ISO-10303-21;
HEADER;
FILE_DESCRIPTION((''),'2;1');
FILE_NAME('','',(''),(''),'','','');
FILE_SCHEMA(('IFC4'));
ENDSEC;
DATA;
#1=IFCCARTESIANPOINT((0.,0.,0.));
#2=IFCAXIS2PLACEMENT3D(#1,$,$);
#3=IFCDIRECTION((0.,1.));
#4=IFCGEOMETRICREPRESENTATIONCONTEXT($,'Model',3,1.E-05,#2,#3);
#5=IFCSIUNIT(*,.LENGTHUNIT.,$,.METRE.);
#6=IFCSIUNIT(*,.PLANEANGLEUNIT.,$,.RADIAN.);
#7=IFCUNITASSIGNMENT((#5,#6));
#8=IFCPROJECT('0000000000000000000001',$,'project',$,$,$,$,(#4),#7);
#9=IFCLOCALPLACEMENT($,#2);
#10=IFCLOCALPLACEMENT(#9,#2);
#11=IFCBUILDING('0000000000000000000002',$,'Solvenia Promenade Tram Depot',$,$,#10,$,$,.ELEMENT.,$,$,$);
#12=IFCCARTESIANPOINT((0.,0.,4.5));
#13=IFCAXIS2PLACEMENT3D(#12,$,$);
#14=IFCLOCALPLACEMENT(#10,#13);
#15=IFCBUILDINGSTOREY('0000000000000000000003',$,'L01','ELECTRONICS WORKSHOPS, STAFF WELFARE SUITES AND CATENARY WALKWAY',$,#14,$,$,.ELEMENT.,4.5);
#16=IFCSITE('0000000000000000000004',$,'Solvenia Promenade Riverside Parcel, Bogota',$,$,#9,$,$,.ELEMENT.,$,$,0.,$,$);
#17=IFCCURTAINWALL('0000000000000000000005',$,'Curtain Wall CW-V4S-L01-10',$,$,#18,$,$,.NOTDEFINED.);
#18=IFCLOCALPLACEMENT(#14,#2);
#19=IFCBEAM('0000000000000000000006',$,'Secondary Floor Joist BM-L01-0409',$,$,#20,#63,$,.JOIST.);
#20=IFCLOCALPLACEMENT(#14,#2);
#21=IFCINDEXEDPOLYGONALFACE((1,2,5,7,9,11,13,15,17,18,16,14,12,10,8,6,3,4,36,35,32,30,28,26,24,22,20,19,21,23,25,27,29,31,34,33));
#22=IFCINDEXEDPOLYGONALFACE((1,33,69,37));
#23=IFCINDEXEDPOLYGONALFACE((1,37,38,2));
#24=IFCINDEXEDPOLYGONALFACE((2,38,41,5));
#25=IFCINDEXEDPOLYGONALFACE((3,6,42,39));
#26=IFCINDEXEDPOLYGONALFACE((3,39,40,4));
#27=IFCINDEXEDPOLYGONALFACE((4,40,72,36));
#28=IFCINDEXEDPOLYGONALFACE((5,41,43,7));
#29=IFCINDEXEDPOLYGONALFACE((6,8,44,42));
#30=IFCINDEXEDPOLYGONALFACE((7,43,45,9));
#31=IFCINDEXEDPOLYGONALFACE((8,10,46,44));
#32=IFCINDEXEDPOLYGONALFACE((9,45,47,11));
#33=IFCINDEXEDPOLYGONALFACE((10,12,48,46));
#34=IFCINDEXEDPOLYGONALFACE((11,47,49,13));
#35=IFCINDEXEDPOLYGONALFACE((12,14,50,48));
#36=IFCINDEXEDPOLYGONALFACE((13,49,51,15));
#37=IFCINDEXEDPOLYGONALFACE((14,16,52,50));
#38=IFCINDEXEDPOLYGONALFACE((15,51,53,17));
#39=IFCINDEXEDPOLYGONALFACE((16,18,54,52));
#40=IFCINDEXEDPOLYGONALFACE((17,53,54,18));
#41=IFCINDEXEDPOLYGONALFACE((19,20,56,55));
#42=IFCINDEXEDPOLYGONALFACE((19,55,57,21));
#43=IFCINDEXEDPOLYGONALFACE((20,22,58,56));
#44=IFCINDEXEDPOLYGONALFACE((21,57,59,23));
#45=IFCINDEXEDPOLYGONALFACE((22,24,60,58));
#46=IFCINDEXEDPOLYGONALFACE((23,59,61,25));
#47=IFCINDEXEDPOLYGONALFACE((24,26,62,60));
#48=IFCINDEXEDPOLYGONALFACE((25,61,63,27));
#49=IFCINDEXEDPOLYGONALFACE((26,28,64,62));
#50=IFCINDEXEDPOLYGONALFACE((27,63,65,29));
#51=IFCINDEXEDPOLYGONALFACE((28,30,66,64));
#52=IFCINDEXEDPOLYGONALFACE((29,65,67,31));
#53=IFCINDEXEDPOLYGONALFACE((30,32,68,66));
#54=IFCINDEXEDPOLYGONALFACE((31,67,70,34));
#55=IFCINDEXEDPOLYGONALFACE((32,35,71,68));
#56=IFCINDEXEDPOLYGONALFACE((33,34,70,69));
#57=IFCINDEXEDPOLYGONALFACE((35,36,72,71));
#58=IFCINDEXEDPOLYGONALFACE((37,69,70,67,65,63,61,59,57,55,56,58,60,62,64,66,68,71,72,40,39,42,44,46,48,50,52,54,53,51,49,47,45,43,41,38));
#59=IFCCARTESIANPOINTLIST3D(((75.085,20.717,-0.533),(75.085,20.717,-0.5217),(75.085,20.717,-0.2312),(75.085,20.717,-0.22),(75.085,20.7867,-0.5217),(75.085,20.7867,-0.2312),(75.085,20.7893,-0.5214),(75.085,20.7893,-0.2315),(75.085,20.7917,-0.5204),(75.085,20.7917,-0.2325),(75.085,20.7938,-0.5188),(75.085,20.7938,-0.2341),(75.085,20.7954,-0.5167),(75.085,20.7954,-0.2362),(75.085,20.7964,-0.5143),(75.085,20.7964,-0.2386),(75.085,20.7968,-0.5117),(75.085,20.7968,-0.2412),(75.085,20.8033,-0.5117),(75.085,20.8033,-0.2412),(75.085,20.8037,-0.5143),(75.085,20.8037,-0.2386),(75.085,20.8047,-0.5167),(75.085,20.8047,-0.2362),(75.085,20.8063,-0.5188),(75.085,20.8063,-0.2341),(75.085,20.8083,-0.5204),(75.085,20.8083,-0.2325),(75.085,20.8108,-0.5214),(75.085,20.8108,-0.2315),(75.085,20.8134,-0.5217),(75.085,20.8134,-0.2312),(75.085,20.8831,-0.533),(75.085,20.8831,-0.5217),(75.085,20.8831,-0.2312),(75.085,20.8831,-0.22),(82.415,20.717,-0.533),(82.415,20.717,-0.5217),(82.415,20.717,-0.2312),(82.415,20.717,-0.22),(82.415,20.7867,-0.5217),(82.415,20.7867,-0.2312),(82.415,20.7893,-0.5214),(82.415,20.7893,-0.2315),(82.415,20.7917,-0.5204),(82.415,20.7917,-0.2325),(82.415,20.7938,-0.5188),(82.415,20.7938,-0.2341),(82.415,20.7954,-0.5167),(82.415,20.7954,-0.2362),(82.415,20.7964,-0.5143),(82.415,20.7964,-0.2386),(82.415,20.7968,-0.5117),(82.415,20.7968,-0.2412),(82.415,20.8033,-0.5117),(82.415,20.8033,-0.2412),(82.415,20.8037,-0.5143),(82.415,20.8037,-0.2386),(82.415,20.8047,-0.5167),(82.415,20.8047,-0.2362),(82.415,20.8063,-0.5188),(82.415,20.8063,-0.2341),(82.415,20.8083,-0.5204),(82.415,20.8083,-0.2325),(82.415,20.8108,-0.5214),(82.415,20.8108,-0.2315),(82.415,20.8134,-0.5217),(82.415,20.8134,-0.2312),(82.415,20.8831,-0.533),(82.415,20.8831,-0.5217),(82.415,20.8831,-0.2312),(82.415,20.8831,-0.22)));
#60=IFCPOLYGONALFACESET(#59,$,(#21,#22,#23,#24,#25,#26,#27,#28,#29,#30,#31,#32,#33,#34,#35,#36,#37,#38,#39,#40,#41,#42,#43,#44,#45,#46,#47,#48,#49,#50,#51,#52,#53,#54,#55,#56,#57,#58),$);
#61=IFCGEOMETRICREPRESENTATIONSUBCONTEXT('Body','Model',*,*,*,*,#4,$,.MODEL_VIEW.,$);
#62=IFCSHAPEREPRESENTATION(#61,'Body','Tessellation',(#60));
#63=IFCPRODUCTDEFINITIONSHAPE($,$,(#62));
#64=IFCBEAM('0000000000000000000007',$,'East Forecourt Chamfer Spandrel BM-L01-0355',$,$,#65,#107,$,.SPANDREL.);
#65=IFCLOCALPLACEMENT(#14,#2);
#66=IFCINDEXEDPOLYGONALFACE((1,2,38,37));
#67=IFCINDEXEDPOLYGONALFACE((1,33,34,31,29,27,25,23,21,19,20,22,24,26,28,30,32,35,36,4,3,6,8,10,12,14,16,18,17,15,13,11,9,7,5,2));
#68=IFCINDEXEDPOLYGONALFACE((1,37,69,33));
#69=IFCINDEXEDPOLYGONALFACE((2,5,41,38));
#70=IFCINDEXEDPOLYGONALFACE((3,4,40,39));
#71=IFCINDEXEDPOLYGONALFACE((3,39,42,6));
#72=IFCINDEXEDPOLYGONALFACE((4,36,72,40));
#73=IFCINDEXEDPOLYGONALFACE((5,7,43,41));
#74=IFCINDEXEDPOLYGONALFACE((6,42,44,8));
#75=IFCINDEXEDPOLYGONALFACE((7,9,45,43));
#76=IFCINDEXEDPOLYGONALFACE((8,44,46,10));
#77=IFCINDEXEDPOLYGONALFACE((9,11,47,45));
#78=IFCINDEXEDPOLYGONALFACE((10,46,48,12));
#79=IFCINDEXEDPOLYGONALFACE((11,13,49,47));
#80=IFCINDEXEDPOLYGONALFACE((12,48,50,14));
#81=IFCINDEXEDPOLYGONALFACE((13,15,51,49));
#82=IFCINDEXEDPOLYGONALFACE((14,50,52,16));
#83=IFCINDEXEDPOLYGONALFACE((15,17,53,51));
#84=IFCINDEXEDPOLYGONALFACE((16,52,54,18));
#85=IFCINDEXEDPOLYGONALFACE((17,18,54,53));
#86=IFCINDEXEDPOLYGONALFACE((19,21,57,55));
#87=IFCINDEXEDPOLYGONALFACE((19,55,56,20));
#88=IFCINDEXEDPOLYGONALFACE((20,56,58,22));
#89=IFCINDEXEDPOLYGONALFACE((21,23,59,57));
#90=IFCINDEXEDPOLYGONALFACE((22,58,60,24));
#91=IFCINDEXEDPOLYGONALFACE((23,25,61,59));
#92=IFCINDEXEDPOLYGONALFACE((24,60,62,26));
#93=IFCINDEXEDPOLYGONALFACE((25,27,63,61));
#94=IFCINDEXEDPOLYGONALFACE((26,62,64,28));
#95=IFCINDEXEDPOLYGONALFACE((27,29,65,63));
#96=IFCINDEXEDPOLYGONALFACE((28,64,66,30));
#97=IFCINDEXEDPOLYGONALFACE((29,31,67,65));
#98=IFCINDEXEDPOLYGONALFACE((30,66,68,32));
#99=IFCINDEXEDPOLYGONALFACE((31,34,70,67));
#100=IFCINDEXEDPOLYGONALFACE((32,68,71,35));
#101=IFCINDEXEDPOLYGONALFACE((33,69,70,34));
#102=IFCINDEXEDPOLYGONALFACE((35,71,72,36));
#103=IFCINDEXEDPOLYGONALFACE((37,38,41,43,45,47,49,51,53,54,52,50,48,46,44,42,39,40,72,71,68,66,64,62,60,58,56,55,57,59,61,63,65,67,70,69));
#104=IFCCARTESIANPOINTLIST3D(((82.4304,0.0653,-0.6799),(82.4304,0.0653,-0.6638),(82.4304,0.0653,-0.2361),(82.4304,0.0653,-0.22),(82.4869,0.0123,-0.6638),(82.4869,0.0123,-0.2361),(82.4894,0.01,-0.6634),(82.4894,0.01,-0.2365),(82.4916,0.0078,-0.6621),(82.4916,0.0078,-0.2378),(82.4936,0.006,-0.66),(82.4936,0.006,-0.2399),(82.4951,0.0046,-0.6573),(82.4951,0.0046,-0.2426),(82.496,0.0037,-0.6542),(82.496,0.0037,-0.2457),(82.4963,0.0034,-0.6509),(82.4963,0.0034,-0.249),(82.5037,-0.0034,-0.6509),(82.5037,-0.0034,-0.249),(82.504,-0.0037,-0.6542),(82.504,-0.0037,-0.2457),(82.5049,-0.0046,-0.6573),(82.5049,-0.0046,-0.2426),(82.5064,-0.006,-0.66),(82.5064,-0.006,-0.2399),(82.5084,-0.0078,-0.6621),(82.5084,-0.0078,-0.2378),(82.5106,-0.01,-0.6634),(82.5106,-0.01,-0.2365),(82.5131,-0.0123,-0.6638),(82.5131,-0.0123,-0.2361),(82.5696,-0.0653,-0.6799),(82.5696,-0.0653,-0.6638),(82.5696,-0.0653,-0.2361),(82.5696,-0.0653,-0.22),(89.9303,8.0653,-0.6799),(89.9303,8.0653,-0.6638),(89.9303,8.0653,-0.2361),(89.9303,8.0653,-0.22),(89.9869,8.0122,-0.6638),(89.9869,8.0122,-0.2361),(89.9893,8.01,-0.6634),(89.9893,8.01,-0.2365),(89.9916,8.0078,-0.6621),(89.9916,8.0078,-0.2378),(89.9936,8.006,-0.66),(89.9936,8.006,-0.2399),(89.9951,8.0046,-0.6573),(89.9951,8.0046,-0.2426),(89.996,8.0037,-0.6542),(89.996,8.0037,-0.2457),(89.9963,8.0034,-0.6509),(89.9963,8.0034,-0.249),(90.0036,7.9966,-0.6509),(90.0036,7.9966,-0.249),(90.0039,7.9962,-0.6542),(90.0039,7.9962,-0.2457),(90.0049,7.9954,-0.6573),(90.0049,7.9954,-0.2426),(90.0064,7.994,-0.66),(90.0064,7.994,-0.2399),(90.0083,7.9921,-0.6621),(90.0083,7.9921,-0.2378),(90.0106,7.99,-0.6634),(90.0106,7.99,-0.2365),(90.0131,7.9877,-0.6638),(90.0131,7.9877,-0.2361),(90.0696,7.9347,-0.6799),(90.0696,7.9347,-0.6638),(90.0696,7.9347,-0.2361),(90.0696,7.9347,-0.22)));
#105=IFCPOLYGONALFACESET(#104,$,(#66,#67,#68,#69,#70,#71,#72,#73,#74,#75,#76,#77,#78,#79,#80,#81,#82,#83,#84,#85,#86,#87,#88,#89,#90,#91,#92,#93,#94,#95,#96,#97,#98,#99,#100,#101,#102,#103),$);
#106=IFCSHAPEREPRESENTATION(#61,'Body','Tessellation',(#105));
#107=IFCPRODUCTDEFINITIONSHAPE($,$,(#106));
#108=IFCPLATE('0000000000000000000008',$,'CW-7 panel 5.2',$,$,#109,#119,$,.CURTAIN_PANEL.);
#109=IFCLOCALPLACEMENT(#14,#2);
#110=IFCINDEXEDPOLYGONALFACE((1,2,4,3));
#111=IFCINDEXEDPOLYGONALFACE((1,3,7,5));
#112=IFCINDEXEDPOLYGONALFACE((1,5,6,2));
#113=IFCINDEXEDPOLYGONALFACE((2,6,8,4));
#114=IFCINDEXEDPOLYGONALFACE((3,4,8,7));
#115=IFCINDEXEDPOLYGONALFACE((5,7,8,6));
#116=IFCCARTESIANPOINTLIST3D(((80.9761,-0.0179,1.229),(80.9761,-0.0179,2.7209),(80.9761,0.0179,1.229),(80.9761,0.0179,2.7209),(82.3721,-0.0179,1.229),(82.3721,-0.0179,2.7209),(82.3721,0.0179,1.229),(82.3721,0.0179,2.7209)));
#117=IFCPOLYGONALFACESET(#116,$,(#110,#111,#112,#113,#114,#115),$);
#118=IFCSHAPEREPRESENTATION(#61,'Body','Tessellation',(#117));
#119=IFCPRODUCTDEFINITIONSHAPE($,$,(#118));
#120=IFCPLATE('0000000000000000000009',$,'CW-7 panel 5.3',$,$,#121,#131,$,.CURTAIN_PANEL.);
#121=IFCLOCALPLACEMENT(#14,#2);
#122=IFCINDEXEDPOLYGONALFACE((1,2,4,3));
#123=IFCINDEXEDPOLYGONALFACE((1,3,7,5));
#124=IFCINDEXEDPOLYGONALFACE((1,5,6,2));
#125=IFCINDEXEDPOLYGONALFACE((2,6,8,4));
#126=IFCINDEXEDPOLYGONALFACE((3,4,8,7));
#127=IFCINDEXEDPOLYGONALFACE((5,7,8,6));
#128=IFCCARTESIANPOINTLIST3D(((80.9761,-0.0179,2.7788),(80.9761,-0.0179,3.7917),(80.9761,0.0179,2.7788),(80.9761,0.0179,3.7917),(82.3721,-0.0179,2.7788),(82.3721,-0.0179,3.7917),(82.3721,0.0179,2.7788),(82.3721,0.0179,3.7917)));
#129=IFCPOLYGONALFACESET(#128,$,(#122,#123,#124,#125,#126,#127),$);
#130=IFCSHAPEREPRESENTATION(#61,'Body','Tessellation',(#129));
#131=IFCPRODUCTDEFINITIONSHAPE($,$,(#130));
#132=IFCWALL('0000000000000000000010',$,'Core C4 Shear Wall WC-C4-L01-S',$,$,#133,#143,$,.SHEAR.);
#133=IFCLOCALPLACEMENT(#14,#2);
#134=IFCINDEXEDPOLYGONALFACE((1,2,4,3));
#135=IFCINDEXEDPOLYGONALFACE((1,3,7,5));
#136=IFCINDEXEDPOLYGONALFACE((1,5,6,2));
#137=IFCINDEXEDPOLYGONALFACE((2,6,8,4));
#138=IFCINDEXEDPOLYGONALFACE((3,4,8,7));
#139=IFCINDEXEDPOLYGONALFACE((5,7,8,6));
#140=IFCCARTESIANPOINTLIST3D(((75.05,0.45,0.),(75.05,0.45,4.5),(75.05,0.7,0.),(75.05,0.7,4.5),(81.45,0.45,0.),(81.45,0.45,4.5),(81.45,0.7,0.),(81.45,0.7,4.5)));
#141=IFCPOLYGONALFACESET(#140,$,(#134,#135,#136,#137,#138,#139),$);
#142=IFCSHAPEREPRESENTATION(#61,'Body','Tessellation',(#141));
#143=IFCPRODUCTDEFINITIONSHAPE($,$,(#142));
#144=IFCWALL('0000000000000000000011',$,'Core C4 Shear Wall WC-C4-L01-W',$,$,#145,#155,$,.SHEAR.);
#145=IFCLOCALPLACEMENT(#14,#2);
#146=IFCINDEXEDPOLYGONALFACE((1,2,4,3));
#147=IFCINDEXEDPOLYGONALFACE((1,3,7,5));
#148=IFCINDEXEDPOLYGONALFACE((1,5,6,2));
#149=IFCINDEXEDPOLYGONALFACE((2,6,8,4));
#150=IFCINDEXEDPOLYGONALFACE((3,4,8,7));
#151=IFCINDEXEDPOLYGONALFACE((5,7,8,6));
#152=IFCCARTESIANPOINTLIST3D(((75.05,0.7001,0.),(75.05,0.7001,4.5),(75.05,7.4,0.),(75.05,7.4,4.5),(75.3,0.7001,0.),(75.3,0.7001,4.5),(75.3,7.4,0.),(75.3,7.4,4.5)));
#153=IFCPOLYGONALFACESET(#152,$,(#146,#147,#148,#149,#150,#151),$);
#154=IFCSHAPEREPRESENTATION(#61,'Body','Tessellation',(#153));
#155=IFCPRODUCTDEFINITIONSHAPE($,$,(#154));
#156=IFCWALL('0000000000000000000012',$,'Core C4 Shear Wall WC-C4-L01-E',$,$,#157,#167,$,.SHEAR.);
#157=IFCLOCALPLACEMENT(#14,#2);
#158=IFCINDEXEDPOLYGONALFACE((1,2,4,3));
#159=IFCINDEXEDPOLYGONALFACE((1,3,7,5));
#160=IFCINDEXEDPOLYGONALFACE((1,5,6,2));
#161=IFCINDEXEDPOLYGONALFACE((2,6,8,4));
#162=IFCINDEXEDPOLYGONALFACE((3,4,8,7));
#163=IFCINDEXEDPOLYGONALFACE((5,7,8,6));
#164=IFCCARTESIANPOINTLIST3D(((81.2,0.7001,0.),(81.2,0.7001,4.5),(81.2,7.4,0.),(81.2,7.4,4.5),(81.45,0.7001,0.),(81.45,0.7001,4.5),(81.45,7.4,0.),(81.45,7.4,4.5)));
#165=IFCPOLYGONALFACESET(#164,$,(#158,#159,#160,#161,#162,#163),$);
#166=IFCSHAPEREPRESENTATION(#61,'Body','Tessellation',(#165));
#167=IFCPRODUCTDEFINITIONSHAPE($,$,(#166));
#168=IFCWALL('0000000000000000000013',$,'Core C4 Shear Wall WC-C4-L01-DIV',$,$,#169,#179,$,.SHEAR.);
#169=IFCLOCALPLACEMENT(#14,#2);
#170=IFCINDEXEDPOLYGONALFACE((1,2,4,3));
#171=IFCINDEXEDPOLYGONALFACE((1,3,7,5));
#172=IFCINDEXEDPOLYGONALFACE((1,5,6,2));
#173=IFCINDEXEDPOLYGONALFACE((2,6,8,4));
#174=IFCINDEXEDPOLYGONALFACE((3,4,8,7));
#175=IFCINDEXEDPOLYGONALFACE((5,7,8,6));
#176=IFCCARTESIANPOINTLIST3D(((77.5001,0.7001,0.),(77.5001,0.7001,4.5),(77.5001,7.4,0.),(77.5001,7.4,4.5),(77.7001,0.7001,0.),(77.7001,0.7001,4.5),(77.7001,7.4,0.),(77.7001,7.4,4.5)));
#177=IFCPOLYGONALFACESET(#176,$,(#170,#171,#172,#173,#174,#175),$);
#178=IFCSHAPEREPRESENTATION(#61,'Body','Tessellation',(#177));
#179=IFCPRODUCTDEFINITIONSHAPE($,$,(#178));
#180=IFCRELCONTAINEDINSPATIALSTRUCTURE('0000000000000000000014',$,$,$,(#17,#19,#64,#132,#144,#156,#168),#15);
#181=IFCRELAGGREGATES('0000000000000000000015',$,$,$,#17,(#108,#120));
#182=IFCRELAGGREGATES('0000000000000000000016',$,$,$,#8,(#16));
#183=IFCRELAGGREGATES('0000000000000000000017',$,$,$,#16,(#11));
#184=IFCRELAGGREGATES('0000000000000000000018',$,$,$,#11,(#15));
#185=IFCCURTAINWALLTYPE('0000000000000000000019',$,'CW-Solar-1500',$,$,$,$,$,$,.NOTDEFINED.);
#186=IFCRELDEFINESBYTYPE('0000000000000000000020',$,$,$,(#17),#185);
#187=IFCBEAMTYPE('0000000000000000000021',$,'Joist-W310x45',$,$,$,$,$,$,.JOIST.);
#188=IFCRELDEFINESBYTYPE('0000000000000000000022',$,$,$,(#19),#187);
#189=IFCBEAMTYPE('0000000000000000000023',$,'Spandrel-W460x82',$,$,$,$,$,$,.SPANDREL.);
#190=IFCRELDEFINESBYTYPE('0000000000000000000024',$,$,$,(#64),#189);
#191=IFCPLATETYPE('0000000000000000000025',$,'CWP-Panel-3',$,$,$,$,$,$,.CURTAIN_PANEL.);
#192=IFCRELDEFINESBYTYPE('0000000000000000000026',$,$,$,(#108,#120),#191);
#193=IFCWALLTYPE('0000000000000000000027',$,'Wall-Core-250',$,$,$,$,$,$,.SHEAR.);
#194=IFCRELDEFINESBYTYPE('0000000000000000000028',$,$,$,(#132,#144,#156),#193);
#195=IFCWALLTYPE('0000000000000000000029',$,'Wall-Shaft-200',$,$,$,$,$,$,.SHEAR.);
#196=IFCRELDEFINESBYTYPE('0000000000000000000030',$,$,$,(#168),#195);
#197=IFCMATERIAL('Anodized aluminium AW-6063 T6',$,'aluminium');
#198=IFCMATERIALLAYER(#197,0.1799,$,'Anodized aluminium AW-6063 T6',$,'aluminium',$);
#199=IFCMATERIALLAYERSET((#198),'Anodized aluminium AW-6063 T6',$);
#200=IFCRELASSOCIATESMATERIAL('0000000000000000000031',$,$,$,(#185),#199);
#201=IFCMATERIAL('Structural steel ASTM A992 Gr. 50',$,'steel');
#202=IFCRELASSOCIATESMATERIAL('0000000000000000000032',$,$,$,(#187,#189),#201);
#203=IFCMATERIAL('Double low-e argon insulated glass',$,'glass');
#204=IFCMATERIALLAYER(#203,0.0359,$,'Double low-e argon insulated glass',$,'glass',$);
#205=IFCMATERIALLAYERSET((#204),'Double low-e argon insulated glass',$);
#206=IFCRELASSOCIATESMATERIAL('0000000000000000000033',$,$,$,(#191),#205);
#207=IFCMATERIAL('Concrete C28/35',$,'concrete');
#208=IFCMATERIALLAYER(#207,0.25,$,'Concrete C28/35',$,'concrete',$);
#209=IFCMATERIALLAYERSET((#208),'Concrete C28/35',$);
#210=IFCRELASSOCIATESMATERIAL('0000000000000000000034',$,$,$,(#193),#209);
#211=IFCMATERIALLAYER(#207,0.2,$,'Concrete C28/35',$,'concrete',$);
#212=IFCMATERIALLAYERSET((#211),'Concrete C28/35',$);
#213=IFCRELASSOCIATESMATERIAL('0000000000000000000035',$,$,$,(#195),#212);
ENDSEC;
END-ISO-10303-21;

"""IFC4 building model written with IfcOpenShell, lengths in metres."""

from ifc_helpers import new_model, si_unit, direction, frame, frame_2d, origin, origin_2d, place, context, subcontext, project, spatial, rectangle, i_section, extrude, material, layer, layer_set, material_profile, profile_set, type_object, element, aggregate, save


model = new_model("IFC4")

# Units and contexts
model_context = context("Model", 3, precision=1e-05, world=origin(), true_north=direction((0.0, 1.0)))
body_context = subcontext(model_context, "Body", "Model", "MODEL_VIEW")
ifc_project = project(units=[si_unit("LENGTHUNIT", "METRE"), si_unit("PLANEANGLEUNIT", "RADIAN")], contexts=[model_context])

# Site, building, storey
site_placement = place(None, origin())
site = spatial("IfcSite", under=ifc_project, at=site_placement, Name="Solvenia Promenade Riverside Parcel, Bogota", CompositionType="ELEMENT", RefElevation=0.0)
building_placement = place(site_placement, origin())
building = spatial("IfcBuilding", under=site, at=building_placement, Name="Solvenia Promenade Tram Depot", CompositionType="ELEMENT")
storey_placement = place(building_placement, frame((0.0, 0.0, 4.5)))
storey = spatial("IfcBuildingStorey", under=building, at=storey_placement, Name="L01", Description="ELECTRONICS WORKSHOPS, STAFF WELFARE SUITES AND CATENARY WALKWAY", CompositionType="ELEMENT", Elevation=4.5)

# Shared definitions
ifc_material_1 = material(Name="Structural steel ASTM A992 Gr. 50", Category="steel")

# Curtain wall
ifc_material_2 = material(Name="Anodized aluminium AW-6063 T6", Category="aluminium")
ifc_layer_1 = layer(ifc_material_2, 0.1799, Name="Anodized aluminium AW-6063 T6", Category="aluminium")
ifc_layer_set_1 = layer_set([ifc_layer_1], Name="Anodized aluminium AW-6063 T6")
curtain_wall_type = type_object("IfcCurtainWallType", Name="CW-Solar-1500", PredefinedType="NOTDEFINED", material=ifc_layer_set_1)
curtain_wall_placement = place(storey_placement, origin())
curtain_wall = element("IfcCurtainWall", 1, at=curtain_wall_placement, inside=storey, type_object=curtain_wall_type, Name="Curtain Wall CW-V4S-L01-10", PredefinedType="NOTDEFINED")

# Beams
ifc_material_profile_1 = material_profile(ifc_material_1, i_section(OverallWidth=0.166, OverallDepth=0.313, WebThickness=0.0066, FlangeThickness=0.0112, FilletRadius=0.01, at=origin_2d()), Name="W310x45", Category="steel")
ifc_profile_set_1 = profile_set([ifc_material_profile_1], Name="Structural steel ASTM A992 Gr. 50")
beam_type_1 = type_object("IfcBeamType", Name="Joist-W310x45", PredefinedType="JOIST", material=ifc_profile_set_1)
for number, where, z_axis, x_axis, name in (
    (2, (75.085, 20.8, -0.3765), (1.0, 0.0, 0.0), (0.0, 1.0, 0.0), "Secondary Floor Joist BM-L01-0409"),
):
    element("IfcBeam", number, at=place(storey_placement, frame(where, z_axis=z_axis, x_axis=x_axis)), inside=storey, type_object=beam_type_1, Name=name, PredefinedType="JOIST", context=body_context, shape_type="SweptSolid", body=[
        extrude(i_section(OverallWidth=0.166, OverallDepth=0.313, WebThickness=0.0066, FlangeThickness=0.0112, FilletRadius=0.01, at=origin_2d()), origin(), (0.0, 0.0, 1.0), 7.3301),
    ])
ifc_material_profile_2 = material_profile(ifc_material_1, i_section(OverallWidth=0.1909, OverallDepth=0.46, WebThickness=0.01, FlangeThickness=0.0161, FilletRadius=0.0129, at=origin_2d()), Name="W460x82", Category="steel")
ifc_profile_set_2 = profile_set([ifc_material_profile_2], Name="Structural steel ASTM A992 Gr. 50")
beam_type_2 = type_object("IfcBeamType", Name="Spandrel-W460x82", PredefinedType="SPANDREL", material=ifc_profile_set_2)
beam_1_placement = place(storey_placement, frame((82.5, 0.0, -0.45), z_axis=(0.683941, 0.729537, 0.0), x_axis=(-0.729537, 0.683941, 0.0)))
element("IfcBeam", 3, at=beam_1_placement, inside=storey, type_object=beam_type_2, Name="East Forecourt Chamfer Spandrel BM-L01-0355", PredefinedType="SPANDREL", context=body_context, shape_type="SweptSolid", body=[
    extrude(i_section(OverallWidth=0.1909, OverallDepth=0.46, WebThickness=0.01, FlangeThickness=0.0161, FilletRadius=0.0129, at=origin_2d()), origin(), (0.0, 0.0, 1.0), 10.9658),
])

# Plates
ifc_material_3 = material(Name="Double low-e argon insulated glass", Category="glass")
ifc_layer_2 = layer(ifc_material_3, 0.0359, Name="Double low-e argon insulated glass", Category="glass")
ifc_layer_set_2 = layer_set([ifc_layer_2], Name="Double low-e argon insulated glass")
plate_type = type_object("IfcPlateType", Name="CWP-Panel-3", PredefinedType="CURTAIN_PANEL", material=ifc_layer_set_2)
plate_1_placement = place(storey_placement, frame((81.6741, 0.0, 1.229), z_axis=(0.0, 0.0, 1.0), x_axis=(1.0, 0.0, 0.0)))
plate_1 = element("IfcPlate", 4, at=plate_1_placement, type_object=plate_type, Name="CW-7 panel 5.2", PredefinedType="CURTAIN_PANEL", context=body_context, shape_type="SweptSolid", body=[
    extrude(rectangle(XDim=1.396, YDim=0.0359, at=origin_2d()), origin(), (0.0, 0.0, 1.0), 1.4919),
])
plate_2_placement = place(storey_placement, frame((81.6741, 0.0, 2.7788), z_axis=(0.0, 0.0, 1.0), x_axis=(1.0, 0.0, 0.0)))
plate_2 = element("IfcPlate", 5, at=plate_2_placement, type_object=plate_type, Name="CW-7 panel 5.3", PredefinedType="CURTAIN_PANEL", context=body_context, shape_type="SweptSolid", body=[
    extrude(rectangle(XDim=1.396, YDim=0.0359, at=origin_2d()), origin(), (0.0, 0.0, 1.0), 1.0129),
])
aggregate(curtain_wall, [plate_1, plate_2])

# Wall
ifc_material_4 = material(Name="Concrete C28/35", Category="concrete")
ifc_layer_3 = layer(ifc_material_4, 0.25, Name="Concrete C28/35", Category="concrete")
ifc_layer_set_3 = layer_set([ifc_layer_3], Name="Concrete C28/35")
wall_type_1 = type_object("IfcWallType", Name="Wall-Core-250", PredefinedType="SHEAR", material=ifc_layer_set_3)
wall_1_placement = place(storey_placement, frame((75.05, 0.575, 0.0), z_axis=(0.0, 0.0, 1.0), x_axis=(1.0, 0.0, 0.0)))
element("IfcWall", 6, at=wall_1_placement, inside=storey, type_object=wall_type_1, Name="Core C4 Shear Wall WC-C4-L01-S", PredefinedType="SHEAR", context=body_context, shape_type="SweptSolid", body=[
    extrude(rectangle(XDim=6.3999, YDim=0.25, at=frame_2d((3.2, 0.0))), origin(), (0.0, 0.0, 1.0), 4.5),
])

# Walls
for number, where, z_axis, x_axis, name in (
    (7, (75.175, 0.7, 0.0), (0.0, 0.0, 1.0), (0.0, 1.0, 0.0), "Core C4 Shear Wall WC-C4-L01-W"),
    (8, (81.325, 0.7, 0.0), (0.0, 0.0, 1.0), (0.0, 1.0, 0.0), "Core C4 Shear Wall WC-C4-L01-E"),
):
    element("IfcWall", number, at=place(storey_placement, frame(where, z_axis=z_axis, x_axis=x_axis)), inside=storey, type_object=wall_type_1, Name=name, PredefinedType="SHEAR", context=body_context, shape_type="SweptSolid", body=[
        extrude(rectangle(XDim=6.7, YDim=0.25, at=frame_2d((3.3501, 0.0))), origin(), (0.0, 0.0, 1.0), 4.5),
    ])
ifc_layer_4 = layer(ifc_material_4, 0.2, Name="Concrete C28/35", Category="concrete")
ifc_layer_set_4 = layer_set([ifc_layer_4], Name="Concrete C28/35")
wall_type_2 = type_object("IfcWallType", Name="Wall-Shaft-200", PredefinedType="SHEAR", material=ifc_layer_set_4)
wall_2_placement = place(storey_placement, frame((77.6001, 0.7, 0.0), z_axis=(0.0, 0.0, 1.0), x_axis=(0.0, 1.0, 0.0)))
element("IfcWall", 9, at=wall_2_placement, inside=storey, type_object=wall_type_2, Name="Core C4 Shear Wall WC-C4-L01-DIV", PredefinedType="SHEAR", context=body_context, shape_type="SweptSolid", body=[
    extrude(rectangle(XDim=6.7, YDim=0.2, at=frame_2d((3.3501, 0.0))), origin(), (0.0, 0.0, 1.0), 4.5),
])

save(model, "model.ifc")
